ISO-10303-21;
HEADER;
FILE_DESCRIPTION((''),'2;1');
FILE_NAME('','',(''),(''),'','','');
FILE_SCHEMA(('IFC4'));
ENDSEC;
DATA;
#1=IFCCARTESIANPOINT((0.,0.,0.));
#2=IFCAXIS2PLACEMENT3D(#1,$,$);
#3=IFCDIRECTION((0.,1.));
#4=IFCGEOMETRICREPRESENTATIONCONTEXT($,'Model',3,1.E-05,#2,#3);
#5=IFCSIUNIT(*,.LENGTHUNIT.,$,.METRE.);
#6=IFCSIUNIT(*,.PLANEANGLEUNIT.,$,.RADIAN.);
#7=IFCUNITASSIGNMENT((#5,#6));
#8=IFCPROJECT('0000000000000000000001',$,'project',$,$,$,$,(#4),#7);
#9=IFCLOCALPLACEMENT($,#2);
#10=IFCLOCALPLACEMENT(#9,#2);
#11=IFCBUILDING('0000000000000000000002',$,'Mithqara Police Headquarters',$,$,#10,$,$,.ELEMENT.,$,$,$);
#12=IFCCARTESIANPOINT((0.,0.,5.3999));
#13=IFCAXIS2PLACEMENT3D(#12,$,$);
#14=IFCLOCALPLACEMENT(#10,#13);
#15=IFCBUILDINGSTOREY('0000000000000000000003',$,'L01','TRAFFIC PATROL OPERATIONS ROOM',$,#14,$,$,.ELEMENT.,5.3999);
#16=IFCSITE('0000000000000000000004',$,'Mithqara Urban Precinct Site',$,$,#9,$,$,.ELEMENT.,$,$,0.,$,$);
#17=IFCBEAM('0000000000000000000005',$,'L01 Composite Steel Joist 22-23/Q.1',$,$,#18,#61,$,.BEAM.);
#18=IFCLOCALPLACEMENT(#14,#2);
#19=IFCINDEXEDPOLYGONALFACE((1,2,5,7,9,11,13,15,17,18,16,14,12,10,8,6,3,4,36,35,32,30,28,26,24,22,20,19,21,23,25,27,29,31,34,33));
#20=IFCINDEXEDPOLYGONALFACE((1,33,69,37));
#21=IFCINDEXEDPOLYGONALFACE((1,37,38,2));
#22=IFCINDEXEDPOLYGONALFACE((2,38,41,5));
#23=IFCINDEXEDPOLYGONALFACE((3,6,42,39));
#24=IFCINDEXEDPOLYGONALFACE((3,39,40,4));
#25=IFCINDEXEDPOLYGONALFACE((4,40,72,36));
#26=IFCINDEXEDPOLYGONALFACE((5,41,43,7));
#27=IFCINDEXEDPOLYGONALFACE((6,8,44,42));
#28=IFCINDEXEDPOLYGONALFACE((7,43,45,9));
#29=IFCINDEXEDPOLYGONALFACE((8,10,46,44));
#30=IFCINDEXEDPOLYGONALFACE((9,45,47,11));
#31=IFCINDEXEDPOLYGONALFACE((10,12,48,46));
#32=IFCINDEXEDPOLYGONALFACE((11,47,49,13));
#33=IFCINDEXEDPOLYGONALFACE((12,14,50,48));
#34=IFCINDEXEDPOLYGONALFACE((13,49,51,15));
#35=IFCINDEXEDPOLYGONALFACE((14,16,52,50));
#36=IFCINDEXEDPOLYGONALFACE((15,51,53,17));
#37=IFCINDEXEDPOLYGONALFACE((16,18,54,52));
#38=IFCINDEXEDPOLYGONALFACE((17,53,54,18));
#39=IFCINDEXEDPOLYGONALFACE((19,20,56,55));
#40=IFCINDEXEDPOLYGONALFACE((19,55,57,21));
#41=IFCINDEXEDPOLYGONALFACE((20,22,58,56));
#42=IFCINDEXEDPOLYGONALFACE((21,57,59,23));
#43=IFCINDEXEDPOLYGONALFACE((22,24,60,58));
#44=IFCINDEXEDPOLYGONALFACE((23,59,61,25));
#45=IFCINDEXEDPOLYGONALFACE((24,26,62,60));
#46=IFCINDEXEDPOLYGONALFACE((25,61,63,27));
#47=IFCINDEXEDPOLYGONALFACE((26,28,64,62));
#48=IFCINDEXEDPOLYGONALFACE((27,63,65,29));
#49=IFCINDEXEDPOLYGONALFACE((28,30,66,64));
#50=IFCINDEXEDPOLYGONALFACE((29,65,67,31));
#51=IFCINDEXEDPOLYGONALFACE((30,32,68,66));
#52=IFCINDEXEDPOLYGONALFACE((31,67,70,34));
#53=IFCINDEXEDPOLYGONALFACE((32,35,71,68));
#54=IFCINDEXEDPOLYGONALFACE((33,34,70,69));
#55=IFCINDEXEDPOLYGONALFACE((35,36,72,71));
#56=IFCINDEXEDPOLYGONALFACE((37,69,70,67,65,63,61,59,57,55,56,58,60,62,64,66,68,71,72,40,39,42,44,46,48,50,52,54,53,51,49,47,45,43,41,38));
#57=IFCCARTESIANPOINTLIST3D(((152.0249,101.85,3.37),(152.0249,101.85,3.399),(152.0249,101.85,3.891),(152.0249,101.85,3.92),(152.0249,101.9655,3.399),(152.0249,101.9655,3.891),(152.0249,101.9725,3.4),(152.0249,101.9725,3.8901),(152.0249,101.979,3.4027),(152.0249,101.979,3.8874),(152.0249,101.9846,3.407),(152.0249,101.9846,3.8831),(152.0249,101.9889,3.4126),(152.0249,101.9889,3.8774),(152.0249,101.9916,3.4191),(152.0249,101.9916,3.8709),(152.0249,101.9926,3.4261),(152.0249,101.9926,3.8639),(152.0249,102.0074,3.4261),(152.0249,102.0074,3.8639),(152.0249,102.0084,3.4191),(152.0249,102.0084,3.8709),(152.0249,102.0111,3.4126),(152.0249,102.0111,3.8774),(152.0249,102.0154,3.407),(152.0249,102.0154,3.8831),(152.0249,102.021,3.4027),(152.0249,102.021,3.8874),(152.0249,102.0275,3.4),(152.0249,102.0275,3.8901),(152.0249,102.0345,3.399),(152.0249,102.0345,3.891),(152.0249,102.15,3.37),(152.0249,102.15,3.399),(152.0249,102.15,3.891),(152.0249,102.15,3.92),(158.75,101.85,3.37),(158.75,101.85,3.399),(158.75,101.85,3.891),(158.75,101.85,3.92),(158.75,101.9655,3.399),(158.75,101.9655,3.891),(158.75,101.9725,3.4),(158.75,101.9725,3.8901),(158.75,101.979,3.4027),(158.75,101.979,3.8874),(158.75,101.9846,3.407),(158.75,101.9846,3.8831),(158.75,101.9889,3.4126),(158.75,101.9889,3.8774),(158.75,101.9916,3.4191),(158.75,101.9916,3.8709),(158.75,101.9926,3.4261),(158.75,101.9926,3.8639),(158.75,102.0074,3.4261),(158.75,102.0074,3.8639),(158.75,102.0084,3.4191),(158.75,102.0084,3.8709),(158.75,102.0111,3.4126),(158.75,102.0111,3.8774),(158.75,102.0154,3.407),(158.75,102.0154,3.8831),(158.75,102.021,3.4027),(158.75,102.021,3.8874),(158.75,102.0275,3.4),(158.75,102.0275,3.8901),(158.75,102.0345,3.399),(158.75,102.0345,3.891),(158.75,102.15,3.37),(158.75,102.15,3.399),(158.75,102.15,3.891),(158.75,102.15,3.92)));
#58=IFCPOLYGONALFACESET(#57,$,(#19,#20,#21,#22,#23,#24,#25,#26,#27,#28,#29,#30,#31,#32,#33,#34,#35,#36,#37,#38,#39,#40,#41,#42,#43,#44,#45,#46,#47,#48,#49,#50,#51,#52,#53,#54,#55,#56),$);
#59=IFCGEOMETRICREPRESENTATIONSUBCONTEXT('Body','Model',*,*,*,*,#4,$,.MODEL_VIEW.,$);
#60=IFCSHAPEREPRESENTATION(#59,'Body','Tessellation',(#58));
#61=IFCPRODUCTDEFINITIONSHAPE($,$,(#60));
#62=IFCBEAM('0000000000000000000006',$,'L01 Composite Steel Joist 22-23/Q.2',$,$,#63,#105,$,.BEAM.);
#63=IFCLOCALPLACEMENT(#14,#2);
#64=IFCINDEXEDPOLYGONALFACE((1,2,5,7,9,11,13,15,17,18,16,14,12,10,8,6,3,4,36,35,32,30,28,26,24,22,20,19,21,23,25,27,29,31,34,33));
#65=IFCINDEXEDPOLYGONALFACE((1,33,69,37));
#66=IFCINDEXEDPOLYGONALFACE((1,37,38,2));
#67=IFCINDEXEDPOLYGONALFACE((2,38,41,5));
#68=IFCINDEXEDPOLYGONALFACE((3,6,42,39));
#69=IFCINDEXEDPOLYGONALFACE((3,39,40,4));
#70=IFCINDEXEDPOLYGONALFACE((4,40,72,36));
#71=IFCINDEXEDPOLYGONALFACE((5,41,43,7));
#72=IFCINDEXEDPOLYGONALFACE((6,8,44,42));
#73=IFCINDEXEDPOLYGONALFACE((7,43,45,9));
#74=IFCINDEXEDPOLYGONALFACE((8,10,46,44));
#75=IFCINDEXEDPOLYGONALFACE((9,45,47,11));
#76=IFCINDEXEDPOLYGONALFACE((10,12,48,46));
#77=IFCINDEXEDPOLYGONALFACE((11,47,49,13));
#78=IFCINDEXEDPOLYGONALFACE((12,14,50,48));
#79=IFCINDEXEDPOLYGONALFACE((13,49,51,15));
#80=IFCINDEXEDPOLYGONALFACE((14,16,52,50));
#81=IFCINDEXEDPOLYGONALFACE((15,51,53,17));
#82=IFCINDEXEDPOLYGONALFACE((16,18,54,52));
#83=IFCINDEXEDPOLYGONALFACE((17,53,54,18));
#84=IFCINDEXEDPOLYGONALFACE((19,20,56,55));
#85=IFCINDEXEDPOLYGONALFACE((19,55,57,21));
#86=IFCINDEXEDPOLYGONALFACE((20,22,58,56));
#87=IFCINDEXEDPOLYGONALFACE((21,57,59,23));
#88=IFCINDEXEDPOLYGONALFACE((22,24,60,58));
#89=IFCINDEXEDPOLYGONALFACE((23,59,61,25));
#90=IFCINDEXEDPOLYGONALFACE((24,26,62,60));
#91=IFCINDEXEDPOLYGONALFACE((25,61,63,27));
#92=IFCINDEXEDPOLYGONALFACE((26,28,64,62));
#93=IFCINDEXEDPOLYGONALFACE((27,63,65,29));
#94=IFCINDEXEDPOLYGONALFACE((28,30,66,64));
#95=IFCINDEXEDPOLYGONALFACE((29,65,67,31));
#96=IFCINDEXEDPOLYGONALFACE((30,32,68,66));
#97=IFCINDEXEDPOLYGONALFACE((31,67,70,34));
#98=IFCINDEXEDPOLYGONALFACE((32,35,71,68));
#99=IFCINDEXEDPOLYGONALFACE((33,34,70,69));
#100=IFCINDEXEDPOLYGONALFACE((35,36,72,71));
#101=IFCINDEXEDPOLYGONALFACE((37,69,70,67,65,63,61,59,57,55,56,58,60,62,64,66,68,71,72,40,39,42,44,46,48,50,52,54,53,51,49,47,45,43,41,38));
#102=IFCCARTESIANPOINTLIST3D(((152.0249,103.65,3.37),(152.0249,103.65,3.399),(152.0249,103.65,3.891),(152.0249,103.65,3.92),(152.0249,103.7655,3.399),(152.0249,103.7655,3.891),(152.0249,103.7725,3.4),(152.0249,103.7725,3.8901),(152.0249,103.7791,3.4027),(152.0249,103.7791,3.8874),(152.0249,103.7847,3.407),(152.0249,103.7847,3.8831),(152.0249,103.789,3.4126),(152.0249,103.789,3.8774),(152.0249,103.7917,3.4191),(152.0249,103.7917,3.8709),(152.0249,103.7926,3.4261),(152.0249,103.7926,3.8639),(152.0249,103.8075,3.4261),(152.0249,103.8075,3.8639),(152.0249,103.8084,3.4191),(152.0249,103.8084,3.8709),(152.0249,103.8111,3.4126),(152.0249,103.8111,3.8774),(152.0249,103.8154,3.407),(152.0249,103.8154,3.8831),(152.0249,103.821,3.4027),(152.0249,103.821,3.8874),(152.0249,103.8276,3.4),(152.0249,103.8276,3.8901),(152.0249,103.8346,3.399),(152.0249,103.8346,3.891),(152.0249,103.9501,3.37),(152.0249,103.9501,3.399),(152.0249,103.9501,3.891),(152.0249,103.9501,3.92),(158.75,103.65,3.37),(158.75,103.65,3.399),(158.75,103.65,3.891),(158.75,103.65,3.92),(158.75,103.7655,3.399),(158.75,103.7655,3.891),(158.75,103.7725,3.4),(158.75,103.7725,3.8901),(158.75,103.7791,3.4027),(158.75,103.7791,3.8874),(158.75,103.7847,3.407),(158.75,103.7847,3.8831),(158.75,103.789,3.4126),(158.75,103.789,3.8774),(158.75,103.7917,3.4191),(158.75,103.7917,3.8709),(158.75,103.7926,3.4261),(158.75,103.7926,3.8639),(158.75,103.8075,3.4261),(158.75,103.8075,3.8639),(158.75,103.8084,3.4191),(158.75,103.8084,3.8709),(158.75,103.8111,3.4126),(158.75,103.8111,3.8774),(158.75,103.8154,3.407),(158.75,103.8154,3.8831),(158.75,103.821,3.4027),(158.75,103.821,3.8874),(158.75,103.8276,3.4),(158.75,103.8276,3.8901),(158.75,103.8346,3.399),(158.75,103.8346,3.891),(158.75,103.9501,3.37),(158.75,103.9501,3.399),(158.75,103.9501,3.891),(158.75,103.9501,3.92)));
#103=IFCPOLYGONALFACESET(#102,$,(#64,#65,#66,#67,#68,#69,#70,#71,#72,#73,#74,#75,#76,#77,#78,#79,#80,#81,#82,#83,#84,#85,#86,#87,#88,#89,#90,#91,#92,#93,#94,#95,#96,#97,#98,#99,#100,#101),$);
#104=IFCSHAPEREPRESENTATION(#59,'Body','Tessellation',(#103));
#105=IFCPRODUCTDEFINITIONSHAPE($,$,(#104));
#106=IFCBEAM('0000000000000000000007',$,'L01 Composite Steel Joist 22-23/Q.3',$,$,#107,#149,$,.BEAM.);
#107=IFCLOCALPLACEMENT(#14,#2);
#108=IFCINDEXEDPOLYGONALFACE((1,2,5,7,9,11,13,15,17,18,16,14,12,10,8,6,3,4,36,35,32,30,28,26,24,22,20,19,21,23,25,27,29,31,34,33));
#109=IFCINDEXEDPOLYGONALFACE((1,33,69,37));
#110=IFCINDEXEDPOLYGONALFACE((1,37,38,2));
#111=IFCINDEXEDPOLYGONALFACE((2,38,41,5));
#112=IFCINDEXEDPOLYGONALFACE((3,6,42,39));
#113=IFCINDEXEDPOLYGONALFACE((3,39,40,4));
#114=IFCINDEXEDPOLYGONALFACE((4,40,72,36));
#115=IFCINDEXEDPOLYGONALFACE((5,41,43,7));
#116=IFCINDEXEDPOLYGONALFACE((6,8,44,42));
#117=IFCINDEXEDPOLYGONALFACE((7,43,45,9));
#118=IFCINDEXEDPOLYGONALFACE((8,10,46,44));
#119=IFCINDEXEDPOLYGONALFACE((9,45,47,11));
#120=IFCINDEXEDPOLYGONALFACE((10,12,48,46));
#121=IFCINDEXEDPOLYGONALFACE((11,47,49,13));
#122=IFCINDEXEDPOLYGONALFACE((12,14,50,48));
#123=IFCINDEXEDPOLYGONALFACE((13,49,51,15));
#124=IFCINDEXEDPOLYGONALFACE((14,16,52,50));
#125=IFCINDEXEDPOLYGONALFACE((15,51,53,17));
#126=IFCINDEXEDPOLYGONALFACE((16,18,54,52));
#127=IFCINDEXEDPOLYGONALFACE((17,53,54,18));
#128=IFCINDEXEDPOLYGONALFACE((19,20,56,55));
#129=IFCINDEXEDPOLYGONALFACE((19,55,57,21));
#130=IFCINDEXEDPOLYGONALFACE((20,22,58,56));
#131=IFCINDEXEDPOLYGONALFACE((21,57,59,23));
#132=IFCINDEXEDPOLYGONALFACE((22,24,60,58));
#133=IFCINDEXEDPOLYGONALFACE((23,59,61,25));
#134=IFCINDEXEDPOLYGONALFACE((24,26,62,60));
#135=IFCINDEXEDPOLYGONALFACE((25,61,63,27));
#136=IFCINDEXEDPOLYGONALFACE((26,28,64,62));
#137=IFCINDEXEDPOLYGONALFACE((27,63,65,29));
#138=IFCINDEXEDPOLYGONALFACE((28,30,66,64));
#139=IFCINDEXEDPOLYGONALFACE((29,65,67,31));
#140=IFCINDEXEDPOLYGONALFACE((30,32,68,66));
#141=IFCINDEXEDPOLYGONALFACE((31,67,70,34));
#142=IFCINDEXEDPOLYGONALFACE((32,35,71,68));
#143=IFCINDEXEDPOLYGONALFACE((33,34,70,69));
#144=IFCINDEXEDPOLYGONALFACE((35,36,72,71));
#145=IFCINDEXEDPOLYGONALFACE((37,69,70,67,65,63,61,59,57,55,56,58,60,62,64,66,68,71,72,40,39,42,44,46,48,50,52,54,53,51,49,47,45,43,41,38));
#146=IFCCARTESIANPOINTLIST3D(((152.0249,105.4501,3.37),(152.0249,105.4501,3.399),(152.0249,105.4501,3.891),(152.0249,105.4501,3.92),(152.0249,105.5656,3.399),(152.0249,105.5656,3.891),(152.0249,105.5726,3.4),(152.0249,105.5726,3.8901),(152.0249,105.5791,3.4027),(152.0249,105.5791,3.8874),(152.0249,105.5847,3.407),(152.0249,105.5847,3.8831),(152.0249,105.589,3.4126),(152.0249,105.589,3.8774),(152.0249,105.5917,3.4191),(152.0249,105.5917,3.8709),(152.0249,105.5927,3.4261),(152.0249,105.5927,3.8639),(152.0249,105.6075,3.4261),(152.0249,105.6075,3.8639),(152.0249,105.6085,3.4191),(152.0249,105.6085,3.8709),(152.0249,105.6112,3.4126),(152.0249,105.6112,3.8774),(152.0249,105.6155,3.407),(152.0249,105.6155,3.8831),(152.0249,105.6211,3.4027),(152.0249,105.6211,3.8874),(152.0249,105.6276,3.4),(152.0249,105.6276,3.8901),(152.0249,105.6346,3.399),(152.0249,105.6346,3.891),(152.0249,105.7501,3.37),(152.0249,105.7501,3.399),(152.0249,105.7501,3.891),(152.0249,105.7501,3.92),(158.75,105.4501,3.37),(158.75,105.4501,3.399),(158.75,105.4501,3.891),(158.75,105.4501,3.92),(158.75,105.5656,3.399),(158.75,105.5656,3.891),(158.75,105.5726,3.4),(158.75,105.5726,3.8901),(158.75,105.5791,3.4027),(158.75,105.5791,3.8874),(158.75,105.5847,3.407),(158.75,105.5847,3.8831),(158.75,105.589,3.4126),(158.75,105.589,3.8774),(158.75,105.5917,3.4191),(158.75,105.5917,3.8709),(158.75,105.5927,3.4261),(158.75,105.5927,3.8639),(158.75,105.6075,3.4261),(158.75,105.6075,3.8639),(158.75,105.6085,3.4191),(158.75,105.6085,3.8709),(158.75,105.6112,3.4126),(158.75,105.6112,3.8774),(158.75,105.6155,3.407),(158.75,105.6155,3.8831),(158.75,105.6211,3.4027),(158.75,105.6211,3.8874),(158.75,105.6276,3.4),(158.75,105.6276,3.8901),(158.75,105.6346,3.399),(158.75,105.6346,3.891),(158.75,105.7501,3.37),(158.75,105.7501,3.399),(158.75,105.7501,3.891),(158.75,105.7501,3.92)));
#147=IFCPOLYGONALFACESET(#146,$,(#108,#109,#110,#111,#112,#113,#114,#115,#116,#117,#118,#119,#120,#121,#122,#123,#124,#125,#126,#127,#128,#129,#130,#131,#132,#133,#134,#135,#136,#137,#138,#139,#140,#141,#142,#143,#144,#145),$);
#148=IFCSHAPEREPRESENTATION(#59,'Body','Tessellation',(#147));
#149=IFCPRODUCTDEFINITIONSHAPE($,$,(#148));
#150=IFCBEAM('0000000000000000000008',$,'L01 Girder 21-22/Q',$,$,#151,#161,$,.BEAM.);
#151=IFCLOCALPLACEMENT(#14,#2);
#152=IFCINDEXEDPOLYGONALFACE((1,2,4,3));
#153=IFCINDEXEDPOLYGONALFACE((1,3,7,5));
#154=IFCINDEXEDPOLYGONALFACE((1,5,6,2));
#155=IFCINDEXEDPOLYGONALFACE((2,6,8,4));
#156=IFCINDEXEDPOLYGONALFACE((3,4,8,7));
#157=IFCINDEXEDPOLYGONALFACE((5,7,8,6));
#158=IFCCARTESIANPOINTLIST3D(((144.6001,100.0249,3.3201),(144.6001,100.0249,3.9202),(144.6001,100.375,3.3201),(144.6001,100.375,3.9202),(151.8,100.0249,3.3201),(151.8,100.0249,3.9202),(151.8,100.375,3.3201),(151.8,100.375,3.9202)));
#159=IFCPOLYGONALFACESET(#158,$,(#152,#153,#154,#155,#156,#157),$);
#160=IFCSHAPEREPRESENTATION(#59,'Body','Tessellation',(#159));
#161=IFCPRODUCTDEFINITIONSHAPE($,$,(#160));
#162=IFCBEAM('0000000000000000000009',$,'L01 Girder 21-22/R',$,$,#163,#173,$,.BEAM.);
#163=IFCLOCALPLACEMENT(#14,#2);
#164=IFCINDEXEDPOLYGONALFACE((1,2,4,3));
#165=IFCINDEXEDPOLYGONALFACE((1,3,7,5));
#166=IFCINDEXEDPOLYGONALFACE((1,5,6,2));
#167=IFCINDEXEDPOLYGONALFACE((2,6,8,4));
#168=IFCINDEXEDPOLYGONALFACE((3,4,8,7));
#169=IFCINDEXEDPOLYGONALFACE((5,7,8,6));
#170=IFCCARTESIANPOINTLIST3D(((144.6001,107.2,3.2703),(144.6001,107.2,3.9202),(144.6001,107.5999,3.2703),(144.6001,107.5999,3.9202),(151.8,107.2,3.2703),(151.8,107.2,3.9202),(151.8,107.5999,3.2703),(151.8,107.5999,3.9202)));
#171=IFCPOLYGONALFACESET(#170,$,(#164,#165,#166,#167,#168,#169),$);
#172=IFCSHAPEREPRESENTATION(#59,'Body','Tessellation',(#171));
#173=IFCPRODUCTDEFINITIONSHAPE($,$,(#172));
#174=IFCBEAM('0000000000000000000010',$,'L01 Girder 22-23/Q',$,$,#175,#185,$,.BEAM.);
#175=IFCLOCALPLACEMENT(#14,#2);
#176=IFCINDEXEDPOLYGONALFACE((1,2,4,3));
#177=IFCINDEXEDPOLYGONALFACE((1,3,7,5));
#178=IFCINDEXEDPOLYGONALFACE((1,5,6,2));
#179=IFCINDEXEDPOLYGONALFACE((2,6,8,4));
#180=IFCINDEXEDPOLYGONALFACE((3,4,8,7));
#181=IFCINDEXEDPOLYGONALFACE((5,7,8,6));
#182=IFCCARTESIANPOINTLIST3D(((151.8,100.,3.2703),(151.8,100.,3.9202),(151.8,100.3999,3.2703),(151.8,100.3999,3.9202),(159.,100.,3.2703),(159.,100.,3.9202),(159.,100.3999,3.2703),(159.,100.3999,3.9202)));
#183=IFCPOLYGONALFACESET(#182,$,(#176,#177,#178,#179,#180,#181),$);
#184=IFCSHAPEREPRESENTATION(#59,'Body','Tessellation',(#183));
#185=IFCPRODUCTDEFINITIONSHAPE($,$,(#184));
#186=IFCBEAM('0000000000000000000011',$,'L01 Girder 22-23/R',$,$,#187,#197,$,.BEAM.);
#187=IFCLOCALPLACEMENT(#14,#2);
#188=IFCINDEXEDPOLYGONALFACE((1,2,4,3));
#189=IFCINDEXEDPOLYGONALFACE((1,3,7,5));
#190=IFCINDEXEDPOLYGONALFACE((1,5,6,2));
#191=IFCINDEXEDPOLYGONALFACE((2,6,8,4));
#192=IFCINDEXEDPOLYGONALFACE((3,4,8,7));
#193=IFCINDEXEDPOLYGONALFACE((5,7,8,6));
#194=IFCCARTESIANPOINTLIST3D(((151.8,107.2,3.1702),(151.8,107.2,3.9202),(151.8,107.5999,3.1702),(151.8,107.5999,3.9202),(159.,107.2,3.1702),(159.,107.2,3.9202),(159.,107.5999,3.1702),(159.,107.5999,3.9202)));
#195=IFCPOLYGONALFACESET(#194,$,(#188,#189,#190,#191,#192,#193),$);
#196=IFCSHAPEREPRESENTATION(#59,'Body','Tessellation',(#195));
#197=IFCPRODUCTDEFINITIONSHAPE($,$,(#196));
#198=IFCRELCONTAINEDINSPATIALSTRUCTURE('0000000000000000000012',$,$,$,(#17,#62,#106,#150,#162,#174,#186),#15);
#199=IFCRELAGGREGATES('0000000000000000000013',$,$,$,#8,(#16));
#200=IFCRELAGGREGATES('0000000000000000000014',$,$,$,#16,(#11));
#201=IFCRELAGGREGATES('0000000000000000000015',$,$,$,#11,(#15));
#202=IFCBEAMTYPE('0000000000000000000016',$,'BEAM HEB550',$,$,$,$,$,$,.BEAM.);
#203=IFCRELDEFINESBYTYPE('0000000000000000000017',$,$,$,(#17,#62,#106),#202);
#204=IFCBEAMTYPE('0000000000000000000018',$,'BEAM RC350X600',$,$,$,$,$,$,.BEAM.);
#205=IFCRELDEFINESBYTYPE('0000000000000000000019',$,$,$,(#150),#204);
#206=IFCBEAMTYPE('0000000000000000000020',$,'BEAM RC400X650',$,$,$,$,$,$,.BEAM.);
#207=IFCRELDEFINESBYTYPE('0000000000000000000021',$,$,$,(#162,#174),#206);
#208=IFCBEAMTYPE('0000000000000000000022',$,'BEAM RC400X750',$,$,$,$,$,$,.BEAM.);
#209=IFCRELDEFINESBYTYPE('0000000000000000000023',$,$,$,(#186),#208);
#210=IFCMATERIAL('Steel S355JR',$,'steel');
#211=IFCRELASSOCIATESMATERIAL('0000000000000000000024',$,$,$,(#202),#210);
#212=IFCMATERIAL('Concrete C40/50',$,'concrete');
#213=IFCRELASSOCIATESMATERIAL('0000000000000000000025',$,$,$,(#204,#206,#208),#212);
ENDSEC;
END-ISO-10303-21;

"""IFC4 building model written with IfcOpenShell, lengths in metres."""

from ifc_helpers import new_model, si_unit, direction, frame, origin, origin_2d, place, context, subcontext, project, spatial, rectangle, i_section, extrude, material, material_profile, profile_set, type_object, element, save


model = new_model("IFC4")

# Units and contexts
model_context = context("Model", 3, precision=1e-05, world=origin(), true_north=direction((0.0, 1.0)))
body_context = subcontext(model_context, "Body", "Model", "MODEL_VIEW")
ifc_project = project(units=[si_unit("LENGTHUNIT", "METRE"), si_unit("PLANEANGLEUNIT", "RADIAN")], contexts=[model_context])

# Site, building, storey
site_placement = place(None, origin())
site = spatial("IfcSite", under=ifc_project, at=site_placement, Name="Mithqara Urban Precinct Site", CompositionType="ELEMENT", RefElevation=0.0)
building_placement = place(site_placement, origin())
building = spatial("IfcBuilding", under=site, at=building_placement, Name="Mithqara Police Headquarters", CompositionType="ELEMENT")
storey_placement = place(building_placement, frame((0.0, 0.0, 5.3999)))
storey = spatial("IfcBuildingStorey", under=building, at=storey_placement, Name="L01", Description="TRAFFIC PATROL OPERATIONS ROOM", CompositionType="ELEMENT", Elevation=5.3999)

# Beams
ifc_material_1 = material(Name="Steel S355JR", Category="steel")
ifc_material_profile_1 = material_profile(ifc_material_1, i_section(OverallWidth=0.3, OverallDepth=0.55, WebThickness=0.0149, FlangeThickness=0.0291, FilletRadius=0.0271, at=origin_2d()), Name="HEB 550")
ifc_profile_set_1 = profile_set([ifc_material_profile_1], Name="Steel S355JR")
beam_type_1 = type_object("IfcBeamType", Name="BEAM HEB550", PredefinedType="BEAM", material=ifc_profile_set_1)
for number, where, z_axis, x_axis, name in (
    (1, (152.0249, 102.0, 3.645), (1.0, 0.0, 0.0), (0.0, 1.0, 0.0), "L01 Composite Steel Joist 22-23/Q.1"),
    (2, (152.0249, 103.8, 3.645), (1.0, 0.0, 0.0), (0.0, 1.0, 0.0), "L01 Composite Steel Joist 22-23/Q.2"),
    (3, (152.0249, 105.6001, 3.645), (1.0, 0.0, 0.0), (0.0, 1.0, 0.0), "L01 Composite Steel Joist 22-23/Q.3"),
):
    element("IfcBeam", number, at=place(storey_placement, frame(where, z_axis=z_axis, x_axis=x_axis)), inside=storey, type_object=beam_type_1, Name=name, PredefinedType="BEAM", context=body_context, shape_type="SweptSolid", body=[
        extrude(i_section(OverallWidth=0.3, OverallDepth=0.55, WebThickness=0.0149, FlangeThickness=0.0291, FilletRadius=0.0271, at=origin_2d()), origin(), (0.0, 0.0, 1.0), 6.7251),
    ])
ifc_material_2 = material(Name="Concrete C40/50", Category="concrete")
ifc_material_profile_2 = material_profile(ifc_material_2, rectangle(XDim=0.3501, YDim=0.6001, at=origin_2d()), Name="RC 350x600")
ifc_profile_set_2 = profile_set([ifc_material_profile_2], Name="Concrete C40/50")
beam_type_2 = type_object("IfcBeamType", Name="BEAM RC350X600", PredefinedType="BEAM", material=ifc_profile_set_2)
beam_1_placement = place(storey_placement, frame((144.6001, 100.2, 3.6201), z_axis=(1.0, 0.0, 0.0), x_axis=(0.0, 1.0, 0.0)))
element("IfcBeam", 4, at=beam_1_placement, inside=storey, type_object=beam_type_2, Name="L01 Girder 21-22/Q", PredefinedType="BEAM", context=body_context, shape_type="SweptSolid", body=[
    extrude(rectangle(XDim=0.3501, YDim=0.6001, at=origin_2d()), origin(), (0.0, 0.0, 1.0), 7.2),
])
ifc_material_profile_3 = material_profile(ifc_material_2, rectangle(XDim=0.3999, YDim=0.6499, at=origin_2d()), Name="RC 400x650")
ifc_profile_set_3 = profile_set([ifc_material_profile_3], Name="Concrete C40/50")
beam_type_3 = type_object("IfcBeamType", Name="BEAM RC400X650", PredefinedType="BEAM", material=ifc_profile_set_3)
for number, where, z_axis, x_axis, name in (
    (5, (144.6001, 107.3999, 3.5952), (1.0, 0.0, 0.0), (0.0, 1.0, 0.0), "L01 Girder 21-22/R"),
    (6, (151.8, 100.2, 3.5952), (1.0, 0.0, 0.0), (0.0, 1.0, 0.0), "L01 Girder 22-23/Q"),
):
    element("IfcBeam", number, at=place(storey_placement, frame(where, z_axis=z_axis, x_axis=x_axis)), inside=storey, type_object=beam_type_3, Name=name, PredefinedType="BEAM", context=body_context, shape_type="SweptSolid", body=[
        extrude(rectangle(XDim=0.3999, YDim=0.6499, at=origin_2d()), origin(), (0.0, 0.0, 1.0), 7.2),
    ])
ifc_material_profile_4 = material_profile(ifc_material_2, rectangle(XDim=0.3999, YDim=0.75, at=origin_2d()), Name="RC 400x750")
ifc_profile_set_4 = profile_set([ifc_material_profile_4], Name="Concrete C40/50")
beam_type_4 = type_object("IfcBeamType", Name="BEAM RC400X750", PredefinedType="BEAM", material=ifc_profile_set_4)
beam_2_placement = place(storey_placement, frame((151.8, 107.3999, 3.5452), z_axis=(1.0, 0.0, 0.0), x_axis=(0.0, 1.0, 0.0)))
element("IfcBeam", 7, at=beam_2_placement, inside=storey, type_object=beam_type_4, Name="L01 Girder 22-23/R", PredefinedType="BEAM", context=body_context, shape_type="SweptSolid", body=[
    extrude(rectangle(XDim=0.3999, YDim=0.75, at=origin_2d()), origin(), (0.0, 0.0, 1.0), 7.2),
])

save(model, "model.ifc")
